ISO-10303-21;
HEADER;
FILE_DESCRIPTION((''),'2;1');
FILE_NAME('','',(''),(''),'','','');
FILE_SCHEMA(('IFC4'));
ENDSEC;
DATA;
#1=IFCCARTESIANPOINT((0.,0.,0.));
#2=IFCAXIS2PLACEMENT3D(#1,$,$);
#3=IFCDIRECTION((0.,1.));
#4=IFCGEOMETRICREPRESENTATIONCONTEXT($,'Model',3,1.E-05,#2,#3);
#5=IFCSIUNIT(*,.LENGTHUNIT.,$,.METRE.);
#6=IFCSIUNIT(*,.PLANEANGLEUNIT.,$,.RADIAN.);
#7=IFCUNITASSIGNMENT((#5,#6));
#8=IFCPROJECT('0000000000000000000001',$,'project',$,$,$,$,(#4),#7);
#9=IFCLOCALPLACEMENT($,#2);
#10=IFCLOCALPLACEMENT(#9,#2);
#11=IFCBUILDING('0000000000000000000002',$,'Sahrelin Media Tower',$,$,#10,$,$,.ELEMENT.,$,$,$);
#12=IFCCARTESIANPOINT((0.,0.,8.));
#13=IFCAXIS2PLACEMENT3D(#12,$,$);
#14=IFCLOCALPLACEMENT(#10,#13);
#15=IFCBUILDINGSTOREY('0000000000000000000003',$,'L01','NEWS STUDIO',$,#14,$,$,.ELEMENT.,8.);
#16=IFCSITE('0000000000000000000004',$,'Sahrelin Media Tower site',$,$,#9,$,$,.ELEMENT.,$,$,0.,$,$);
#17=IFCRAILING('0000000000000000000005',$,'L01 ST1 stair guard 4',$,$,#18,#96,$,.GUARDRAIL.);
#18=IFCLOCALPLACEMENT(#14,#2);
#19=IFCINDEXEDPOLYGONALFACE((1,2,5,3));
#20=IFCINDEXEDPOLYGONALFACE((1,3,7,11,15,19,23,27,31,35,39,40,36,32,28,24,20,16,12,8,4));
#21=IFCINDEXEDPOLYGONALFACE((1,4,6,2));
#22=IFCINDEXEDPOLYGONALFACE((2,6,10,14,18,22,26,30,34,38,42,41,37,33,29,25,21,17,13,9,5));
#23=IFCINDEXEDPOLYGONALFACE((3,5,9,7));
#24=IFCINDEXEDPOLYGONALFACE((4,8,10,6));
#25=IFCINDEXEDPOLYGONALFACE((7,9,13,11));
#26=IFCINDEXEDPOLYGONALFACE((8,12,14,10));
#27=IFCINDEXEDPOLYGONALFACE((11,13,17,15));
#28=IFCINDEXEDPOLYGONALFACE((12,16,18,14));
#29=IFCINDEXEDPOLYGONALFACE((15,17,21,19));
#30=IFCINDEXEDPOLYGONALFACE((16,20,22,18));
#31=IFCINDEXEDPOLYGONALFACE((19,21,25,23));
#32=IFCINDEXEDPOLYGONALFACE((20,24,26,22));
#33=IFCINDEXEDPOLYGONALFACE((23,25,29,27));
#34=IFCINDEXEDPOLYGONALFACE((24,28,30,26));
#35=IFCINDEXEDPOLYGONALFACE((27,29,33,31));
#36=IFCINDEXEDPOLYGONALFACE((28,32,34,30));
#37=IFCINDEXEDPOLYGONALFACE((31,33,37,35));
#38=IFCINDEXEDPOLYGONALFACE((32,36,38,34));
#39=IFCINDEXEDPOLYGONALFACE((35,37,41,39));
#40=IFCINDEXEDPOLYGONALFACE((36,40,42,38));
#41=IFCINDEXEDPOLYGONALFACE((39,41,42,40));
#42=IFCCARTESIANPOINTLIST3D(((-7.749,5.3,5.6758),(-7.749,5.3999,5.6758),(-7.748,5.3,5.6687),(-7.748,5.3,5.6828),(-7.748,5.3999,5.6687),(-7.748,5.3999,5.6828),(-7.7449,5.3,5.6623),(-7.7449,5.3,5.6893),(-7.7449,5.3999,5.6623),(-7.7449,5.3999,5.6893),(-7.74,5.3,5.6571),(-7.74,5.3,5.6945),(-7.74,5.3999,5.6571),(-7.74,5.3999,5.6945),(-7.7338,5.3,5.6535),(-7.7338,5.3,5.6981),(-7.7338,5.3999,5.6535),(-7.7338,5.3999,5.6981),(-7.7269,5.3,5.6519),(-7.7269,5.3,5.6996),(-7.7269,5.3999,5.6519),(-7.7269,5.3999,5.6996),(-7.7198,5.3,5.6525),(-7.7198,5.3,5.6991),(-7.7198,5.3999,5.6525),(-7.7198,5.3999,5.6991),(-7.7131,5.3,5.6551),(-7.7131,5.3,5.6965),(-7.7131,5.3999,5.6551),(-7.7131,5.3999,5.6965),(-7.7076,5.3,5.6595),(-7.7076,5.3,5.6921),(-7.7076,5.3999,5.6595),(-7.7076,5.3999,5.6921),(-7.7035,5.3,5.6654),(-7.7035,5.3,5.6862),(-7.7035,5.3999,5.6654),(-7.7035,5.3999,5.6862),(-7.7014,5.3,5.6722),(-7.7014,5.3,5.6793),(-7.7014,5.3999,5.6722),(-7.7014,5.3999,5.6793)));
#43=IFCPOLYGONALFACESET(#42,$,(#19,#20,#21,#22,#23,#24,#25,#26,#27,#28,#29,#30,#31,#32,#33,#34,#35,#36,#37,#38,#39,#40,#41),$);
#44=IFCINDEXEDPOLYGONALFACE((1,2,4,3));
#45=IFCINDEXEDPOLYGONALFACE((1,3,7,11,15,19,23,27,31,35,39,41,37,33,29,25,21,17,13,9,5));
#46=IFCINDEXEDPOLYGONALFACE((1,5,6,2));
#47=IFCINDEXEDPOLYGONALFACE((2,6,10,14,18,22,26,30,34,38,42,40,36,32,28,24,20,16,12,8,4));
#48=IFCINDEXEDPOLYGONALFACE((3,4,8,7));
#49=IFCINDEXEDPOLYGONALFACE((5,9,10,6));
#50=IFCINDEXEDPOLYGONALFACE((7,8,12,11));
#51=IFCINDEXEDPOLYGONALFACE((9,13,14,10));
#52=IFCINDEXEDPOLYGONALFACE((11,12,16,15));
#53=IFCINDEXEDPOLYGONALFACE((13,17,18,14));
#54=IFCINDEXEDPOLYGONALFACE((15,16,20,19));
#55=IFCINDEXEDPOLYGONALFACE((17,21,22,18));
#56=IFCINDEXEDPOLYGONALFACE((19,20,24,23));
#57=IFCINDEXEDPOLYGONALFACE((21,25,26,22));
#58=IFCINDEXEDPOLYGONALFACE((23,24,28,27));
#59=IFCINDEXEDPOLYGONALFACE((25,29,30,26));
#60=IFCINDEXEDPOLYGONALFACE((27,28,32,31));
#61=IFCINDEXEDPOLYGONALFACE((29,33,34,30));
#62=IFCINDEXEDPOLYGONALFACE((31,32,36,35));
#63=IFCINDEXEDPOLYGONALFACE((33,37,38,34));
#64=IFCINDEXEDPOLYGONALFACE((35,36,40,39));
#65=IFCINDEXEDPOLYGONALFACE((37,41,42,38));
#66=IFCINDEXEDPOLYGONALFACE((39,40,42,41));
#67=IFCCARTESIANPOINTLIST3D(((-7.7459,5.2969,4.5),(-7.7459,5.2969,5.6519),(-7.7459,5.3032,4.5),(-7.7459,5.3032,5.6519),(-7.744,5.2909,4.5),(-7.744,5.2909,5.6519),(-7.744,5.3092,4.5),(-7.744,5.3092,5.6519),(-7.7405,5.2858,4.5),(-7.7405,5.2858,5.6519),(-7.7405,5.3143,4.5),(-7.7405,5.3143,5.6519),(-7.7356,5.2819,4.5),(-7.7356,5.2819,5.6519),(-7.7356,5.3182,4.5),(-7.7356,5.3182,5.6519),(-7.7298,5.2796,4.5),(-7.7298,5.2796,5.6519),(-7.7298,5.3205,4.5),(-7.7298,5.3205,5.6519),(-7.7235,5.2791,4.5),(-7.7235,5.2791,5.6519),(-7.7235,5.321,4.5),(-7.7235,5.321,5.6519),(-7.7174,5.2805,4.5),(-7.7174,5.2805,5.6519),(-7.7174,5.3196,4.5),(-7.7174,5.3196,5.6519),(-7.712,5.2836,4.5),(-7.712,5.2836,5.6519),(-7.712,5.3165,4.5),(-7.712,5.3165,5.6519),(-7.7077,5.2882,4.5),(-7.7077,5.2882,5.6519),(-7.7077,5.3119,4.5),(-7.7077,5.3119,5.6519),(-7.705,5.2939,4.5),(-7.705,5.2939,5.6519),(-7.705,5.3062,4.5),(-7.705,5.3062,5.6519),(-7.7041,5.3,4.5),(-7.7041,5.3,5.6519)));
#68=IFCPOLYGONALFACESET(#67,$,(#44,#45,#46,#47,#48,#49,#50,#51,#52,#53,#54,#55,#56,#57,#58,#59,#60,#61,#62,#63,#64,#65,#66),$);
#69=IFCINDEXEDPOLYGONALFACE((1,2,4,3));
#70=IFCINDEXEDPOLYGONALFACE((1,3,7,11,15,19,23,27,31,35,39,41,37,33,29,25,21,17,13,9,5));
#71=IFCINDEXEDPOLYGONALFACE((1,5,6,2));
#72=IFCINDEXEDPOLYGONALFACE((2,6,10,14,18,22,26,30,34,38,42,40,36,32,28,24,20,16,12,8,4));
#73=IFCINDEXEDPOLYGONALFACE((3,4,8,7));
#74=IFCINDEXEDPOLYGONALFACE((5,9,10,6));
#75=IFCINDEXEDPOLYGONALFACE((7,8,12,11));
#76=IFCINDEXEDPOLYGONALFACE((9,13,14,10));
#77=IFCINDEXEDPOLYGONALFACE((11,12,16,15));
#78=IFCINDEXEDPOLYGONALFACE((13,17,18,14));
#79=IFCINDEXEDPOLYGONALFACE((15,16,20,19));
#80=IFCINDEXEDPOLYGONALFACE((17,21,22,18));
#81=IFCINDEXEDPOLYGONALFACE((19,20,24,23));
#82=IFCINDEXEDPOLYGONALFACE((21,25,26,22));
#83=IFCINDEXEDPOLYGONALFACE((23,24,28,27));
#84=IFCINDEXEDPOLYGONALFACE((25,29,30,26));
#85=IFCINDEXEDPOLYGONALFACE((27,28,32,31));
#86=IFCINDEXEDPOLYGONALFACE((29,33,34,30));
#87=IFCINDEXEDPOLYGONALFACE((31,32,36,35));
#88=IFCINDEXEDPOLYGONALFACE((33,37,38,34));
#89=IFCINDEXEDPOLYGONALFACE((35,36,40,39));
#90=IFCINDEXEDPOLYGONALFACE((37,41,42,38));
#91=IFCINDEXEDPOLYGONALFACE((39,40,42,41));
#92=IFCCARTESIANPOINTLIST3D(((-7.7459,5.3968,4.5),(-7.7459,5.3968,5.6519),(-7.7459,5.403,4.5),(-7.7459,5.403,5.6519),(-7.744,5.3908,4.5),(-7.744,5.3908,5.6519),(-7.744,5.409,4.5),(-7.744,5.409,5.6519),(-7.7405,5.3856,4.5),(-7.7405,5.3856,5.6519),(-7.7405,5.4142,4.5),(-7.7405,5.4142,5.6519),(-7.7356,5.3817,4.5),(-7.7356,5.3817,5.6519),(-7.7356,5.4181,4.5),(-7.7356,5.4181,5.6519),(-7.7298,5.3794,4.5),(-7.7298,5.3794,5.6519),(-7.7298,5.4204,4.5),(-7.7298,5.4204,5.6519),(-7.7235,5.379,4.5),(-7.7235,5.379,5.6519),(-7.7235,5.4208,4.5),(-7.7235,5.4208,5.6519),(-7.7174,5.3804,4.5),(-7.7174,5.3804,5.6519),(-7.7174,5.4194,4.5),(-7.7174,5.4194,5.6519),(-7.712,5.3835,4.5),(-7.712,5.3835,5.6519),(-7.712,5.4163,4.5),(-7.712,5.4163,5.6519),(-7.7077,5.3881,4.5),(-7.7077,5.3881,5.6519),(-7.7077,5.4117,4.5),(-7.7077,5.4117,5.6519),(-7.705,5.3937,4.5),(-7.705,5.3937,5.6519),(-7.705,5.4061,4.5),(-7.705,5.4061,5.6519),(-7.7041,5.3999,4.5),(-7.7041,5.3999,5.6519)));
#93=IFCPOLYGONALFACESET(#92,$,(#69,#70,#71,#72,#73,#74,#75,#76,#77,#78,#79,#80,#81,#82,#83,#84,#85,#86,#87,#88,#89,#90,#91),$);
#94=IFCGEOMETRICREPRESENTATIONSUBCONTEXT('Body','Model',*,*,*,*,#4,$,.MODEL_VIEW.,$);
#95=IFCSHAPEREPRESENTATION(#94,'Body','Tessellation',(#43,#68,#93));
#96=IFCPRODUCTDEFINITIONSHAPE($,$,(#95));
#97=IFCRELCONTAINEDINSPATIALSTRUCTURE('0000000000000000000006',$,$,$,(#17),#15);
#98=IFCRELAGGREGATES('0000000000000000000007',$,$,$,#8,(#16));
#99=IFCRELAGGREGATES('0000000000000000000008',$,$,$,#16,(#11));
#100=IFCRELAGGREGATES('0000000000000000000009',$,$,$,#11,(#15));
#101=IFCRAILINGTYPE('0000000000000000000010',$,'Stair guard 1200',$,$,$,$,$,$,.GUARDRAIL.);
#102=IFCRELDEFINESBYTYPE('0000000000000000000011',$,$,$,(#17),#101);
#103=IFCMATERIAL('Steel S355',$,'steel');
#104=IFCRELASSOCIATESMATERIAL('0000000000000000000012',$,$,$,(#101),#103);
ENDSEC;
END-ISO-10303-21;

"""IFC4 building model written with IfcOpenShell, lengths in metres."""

from ifc_helpers import new_model, si_unit, direction, frame, origin, origin_2d, place, context, subcontext, project, spatial, circle, extrude, material, type_object, element, save


model = new_model("IFC4")

# Units and contexts
model_context = context("Model", 3, precision=1e-05, world=origin(), true_north=direction((0.0, 1.0)))
body_context = subcontext(model_context, "Body", "Model", "MODEL_VIEW")
ifc_project = project(units=[si_unit("LENGTHUNIT", "METRE"), si_unit("PLANEANGLEUNIT", "RADIAN")], contexts=[model_context])

# Site, building, storey
site_placement = place(None, origin())
site = spatial("IfcSite", under=ifc_project, at=site_placement, Name="Sahrelin Media Tower site", CompositionType="ELEMENT", RefElevation=0.0)
building_placement = place(site_placement, origin())
building = spatial("IfcBuilding", under=site, at=building_placement, Name="Sahrelin Media Tower", CompositionType="ELEMENT")
storey_placement = place(building_placement, frame((0.0, 0.0, 8.0)))
storey = spatial("IfcBuildingStorey", under=building, at=storey_placement, Name="L01", Description="NEWS STUDIO", CompositionType="ELEMENT", Elevation=8.0)

# Railing
ifc_material_1 = material(Name="Steel S355", Category="steel")
railing_type_1 = type_object("IfcRailingType", Name="Stair guard 1200", PredefinedType="GUARDRAIL", material=ifc_material_1)
railing_1_placement = place(storey_placement, frame((-7.7251, 5.3, 4.5)))
element("IfcRailing", 1, at=railing_1_placement, inside=storey, type_object=railing_type_1, Name="L01 ST1 stair guard 4", PredefinedType="GUARDRAIL", context=body_context, shape_type="SweptSolid", body=[
    extrude(circle(Radius=0.0239, at=origin_2d()), frame((0.0, 0.0, 1.1758), z_axis=(0.0, 1.0, 0.0), x_axis=(-1.0, 0.0, 0.0)), (0.0, 0.0, 1.0), 0.0999),
    extrude(circle(Radius=0.021, at=origin_2d()), origin(), (0.0, 0.0, 1.0), 1.1519),
    extrude(circle(Radius=0.021, at=origin_2d()), frame((0.0, 0.0999, 0.0)), (0.0, 0.0, 1.0), 1.1519),
])

save(model, "model.ifc")
